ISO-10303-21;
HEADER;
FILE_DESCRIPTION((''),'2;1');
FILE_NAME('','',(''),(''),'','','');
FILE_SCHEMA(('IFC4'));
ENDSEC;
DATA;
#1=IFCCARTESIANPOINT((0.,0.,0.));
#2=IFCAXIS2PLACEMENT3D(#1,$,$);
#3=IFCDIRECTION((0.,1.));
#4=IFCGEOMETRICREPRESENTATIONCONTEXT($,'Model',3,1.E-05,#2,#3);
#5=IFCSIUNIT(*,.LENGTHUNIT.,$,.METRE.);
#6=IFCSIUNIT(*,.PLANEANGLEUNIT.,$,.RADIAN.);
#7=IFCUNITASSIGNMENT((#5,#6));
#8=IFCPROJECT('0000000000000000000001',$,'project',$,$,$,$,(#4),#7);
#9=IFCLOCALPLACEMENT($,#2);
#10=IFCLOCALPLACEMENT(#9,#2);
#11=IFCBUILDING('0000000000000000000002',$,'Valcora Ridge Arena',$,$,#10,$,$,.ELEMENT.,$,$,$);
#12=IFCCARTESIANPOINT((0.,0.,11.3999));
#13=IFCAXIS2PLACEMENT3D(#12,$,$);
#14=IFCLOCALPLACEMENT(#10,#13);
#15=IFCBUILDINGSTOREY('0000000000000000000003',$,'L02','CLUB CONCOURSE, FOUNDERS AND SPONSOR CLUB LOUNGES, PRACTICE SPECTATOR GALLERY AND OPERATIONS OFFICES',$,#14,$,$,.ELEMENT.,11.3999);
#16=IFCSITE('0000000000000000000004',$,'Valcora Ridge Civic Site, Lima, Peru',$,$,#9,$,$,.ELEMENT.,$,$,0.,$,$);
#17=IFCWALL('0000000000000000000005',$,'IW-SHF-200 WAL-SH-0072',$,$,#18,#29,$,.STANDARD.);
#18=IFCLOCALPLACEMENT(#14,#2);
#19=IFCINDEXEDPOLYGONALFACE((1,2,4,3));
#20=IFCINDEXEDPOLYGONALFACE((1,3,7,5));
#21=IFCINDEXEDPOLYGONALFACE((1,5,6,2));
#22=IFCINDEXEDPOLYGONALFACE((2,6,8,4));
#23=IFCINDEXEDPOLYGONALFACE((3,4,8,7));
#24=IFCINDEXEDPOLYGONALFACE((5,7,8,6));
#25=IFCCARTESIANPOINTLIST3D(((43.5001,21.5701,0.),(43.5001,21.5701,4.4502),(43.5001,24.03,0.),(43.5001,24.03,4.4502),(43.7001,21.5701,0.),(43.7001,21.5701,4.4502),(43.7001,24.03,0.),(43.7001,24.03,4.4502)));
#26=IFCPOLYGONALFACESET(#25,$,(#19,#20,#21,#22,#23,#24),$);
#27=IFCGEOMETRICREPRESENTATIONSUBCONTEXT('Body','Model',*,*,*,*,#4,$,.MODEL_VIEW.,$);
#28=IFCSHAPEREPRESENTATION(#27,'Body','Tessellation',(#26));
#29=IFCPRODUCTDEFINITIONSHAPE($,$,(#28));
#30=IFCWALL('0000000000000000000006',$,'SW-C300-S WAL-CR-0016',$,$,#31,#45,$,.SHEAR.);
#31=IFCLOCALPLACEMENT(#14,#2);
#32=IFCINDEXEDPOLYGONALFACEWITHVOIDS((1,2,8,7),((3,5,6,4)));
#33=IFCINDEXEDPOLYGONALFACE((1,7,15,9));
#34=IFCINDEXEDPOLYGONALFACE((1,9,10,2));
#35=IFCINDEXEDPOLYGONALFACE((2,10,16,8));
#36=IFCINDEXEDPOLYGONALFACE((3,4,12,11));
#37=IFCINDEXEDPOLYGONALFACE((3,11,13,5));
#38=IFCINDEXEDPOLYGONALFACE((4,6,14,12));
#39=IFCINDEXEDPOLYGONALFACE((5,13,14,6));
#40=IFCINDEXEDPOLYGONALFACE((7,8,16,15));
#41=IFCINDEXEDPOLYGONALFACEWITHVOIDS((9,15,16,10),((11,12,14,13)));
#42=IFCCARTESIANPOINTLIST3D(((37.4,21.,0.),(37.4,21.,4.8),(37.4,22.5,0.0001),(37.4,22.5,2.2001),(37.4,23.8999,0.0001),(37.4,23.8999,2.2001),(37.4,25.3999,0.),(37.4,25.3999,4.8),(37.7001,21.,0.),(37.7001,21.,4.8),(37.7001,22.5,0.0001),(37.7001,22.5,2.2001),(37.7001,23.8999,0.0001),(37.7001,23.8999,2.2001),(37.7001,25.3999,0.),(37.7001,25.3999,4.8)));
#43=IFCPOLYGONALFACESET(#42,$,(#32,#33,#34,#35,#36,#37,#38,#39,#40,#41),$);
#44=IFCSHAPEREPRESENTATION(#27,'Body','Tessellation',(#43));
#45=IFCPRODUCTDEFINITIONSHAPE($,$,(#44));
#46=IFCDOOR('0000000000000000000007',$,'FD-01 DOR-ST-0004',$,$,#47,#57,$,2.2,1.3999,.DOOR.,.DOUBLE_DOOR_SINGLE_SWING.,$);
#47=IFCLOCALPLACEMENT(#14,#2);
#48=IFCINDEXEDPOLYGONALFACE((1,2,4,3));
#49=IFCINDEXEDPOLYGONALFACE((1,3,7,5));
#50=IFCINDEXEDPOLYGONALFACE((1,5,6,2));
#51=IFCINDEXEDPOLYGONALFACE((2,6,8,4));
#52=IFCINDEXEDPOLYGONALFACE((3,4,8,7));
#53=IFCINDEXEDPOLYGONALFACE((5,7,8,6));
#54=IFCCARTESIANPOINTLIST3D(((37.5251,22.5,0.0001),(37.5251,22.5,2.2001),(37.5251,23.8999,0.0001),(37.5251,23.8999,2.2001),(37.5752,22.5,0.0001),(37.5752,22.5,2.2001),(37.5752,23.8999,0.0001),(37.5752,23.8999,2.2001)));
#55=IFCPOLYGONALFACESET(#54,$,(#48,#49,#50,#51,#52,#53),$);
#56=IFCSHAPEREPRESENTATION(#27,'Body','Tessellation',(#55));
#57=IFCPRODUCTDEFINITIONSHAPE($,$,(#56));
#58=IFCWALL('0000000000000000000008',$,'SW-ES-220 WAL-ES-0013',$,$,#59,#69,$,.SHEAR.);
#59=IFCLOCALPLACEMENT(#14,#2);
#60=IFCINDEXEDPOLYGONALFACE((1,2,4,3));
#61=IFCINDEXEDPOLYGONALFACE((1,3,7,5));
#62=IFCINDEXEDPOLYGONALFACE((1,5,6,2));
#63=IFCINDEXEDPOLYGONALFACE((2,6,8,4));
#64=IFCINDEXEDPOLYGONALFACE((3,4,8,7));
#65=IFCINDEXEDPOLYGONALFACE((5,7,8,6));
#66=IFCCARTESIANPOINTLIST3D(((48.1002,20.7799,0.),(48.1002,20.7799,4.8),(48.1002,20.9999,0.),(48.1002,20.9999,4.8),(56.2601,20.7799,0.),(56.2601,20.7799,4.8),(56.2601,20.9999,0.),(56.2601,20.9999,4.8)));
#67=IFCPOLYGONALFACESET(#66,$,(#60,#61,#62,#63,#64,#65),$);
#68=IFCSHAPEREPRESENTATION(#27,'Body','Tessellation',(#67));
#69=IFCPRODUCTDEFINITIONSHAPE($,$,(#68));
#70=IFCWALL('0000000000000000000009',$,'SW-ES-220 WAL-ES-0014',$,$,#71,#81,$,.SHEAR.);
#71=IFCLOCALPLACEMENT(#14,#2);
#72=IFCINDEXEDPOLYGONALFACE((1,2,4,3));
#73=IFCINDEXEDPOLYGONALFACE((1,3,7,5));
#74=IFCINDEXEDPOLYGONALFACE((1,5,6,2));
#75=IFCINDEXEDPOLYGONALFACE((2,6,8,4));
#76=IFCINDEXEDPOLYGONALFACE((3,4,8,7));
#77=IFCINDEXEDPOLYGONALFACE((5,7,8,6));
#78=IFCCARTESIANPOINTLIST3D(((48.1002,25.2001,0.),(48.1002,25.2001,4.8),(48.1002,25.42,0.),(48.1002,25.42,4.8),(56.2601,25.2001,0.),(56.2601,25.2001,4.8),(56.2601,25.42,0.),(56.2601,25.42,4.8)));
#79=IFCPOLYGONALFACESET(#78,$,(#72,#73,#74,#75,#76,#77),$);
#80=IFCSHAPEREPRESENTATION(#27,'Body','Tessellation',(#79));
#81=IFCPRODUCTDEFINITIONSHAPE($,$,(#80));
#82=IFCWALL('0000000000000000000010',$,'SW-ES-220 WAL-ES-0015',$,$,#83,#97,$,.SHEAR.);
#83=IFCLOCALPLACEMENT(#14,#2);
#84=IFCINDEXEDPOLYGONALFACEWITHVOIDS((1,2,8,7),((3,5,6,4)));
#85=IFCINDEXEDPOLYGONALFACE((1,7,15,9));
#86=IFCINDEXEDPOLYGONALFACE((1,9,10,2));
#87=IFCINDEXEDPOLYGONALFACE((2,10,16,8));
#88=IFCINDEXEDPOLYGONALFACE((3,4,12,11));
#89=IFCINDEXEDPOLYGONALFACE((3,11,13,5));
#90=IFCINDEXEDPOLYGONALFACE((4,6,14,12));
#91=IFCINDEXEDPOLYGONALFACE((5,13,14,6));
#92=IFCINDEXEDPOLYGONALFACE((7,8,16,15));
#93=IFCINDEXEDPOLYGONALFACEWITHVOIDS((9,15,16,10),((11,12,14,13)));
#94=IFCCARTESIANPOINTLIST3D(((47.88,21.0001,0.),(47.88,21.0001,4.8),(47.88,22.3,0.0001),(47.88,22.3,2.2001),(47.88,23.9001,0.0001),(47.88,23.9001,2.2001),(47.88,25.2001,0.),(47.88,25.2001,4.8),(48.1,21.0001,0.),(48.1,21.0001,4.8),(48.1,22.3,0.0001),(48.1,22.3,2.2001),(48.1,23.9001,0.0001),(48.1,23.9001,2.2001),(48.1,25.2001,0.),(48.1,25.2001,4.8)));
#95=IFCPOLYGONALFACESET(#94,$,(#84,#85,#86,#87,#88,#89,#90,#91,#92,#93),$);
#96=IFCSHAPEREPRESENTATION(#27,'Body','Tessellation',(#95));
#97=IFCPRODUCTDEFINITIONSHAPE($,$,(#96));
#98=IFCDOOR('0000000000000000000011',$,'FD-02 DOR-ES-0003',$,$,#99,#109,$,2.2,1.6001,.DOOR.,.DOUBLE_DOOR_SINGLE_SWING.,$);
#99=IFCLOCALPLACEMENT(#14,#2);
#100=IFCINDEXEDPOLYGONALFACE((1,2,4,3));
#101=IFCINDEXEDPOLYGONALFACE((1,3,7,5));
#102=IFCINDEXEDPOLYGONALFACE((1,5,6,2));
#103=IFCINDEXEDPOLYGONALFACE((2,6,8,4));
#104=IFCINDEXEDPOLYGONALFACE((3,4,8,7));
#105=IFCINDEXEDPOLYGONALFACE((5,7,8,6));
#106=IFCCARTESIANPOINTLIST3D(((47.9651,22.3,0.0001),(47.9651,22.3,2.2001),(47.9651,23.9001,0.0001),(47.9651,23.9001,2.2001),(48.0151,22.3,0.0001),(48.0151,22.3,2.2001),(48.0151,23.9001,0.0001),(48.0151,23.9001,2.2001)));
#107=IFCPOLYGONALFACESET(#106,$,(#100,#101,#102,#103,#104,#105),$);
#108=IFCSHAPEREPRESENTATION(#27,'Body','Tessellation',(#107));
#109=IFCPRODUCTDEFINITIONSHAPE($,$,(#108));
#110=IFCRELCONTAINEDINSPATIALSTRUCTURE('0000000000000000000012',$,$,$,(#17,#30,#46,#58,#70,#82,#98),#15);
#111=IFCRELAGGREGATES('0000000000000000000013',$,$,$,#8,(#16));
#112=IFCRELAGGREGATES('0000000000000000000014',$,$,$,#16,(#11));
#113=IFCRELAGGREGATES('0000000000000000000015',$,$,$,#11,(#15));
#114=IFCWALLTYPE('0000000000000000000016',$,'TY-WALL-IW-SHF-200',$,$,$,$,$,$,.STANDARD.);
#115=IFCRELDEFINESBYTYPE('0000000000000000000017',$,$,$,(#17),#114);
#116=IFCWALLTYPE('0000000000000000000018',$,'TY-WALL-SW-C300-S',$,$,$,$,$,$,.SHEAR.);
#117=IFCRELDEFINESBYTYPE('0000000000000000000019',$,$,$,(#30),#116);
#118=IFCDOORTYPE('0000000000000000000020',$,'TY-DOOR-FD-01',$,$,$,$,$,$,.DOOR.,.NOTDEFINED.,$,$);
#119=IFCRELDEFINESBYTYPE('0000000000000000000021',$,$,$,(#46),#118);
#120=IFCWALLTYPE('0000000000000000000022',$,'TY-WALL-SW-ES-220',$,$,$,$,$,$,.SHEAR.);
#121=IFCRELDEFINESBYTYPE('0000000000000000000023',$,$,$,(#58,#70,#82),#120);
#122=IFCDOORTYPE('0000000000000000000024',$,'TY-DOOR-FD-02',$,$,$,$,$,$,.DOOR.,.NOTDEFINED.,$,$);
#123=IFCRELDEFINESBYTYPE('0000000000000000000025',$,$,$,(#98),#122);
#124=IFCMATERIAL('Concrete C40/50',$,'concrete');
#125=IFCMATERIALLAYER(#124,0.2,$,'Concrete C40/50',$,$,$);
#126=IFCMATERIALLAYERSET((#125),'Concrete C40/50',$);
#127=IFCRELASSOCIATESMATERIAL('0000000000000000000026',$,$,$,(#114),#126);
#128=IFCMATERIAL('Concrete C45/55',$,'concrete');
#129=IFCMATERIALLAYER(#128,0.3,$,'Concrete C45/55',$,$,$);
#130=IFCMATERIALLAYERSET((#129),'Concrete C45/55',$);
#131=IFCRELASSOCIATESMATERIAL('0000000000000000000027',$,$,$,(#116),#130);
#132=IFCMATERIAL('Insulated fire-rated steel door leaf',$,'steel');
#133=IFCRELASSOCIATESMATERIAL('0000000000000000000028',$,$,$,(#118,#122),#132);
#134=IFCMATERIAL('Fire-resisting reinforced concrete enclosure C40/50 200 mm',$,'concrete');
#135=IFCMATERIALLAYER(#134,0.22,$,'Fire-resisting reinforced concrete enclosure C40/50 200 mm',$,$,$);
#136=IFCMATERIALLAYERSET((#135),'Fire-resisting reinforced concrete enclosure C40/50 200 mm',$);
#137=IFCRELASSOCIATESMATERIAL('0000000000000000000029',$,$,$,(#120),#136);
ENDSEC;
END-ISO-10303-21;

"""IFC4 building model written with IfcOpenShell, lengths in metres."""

from ifc_helpers import new_model, si_unit, direction, frame, frame_2d, origin, place, context, subcontext, project, spatial, rectangle, extrude, material, layer, layer_set, type_object, element, fill, save


model = new_model("IFC4")

# Units and contexts
model_context = context("Model", 3, precision=1e-05, world=origin(), true_north=direction((0.0, 1.0)))
body_context = subcontext(model_context, "Body", "Model", "MODEL_VIEW")
ifc_project = project(units=[si_unit("LENGTHUNIT", "METRE"), si_unit("PLANEANGLEUNIT", "RADIAN")], contexts=[model_context])

# Site, building, storey
site_placement = place(None, origin())
site = spatial("IfcSite", under=ifc_project, at=site_placement, Name="Valcora Ridge Civic Site, Lima, Peru", CompositionType="ELEMENT", RefElevation=0.0)
building_placement = place(site_placement, origin())
building = spatial("IfcBuilding", under=site, at=building_placement, Name="Valcora Ridge Arena", CompositionType="ELEMENT")
storey_placement = place(building_placement, frame((0.0, 0.0, 11.3999)))
storey = spatial("IfcBuildingStorey", under=building, at=storey_placement, Name="L02", Description="CLUB CONCOURSE, FOUNDERS AND SPONSOR CLUB LOUNGES, PRACTICE SPECTATOR GALLERY AND OPERATIONS OFFICES", CompositionType="ELEMENT", Elevation=11.3999)

# Shared definitions
ifc_material_1 = material(Name="Concrete C40/50", Category="concrete")

# Shared definitions
ifc_layer_1 = layer(ifc_material_1, 0.2, Name="Concrete C40/50")
ifc_layer_set_1 = layer_set([ifc_layer_1], Name="Concrete C40/50")
wall_type_1 = type_object("IfcWallType", Name="TY-WALL-IW-SHF-200", PredefinedType="STANDARD", material=ifc_layer_set_1)

# Wall
for number, where, z_axis, x_axis, name in (
    (1, (43.6001, 21.5701, 0.0), (0.0, 0.0, 1.0), (0.0, 1.0, 0.0), "IW-SHF-200 WAL-SH-0072"),
):
    element("IfcWall", number, at=place(storey_placement, frame(where, z_axis=z_axis, x_axis=x_axis)), inside=storey, type_object=wall_type_1, Name=name, PredefinedType="STANDARD", context=body_context, shape_type="SweptSolid", body=[
        extrude(rectangle(XDim=2.46, YDim=0.2, at=frame_2d((1.23, 0.0))), origin(), (0.0, 0.0, 1.0), 4.4502),
    ])

# Wall, opening, door
ifc_material_2 = material(Name="Concrete C45/55", Category="concrete")
ifc_layer_2 = layer(ifc_material_2, 0.3, Name="Concrete C45/55")
ifc_layer_set_2 = layer_set([ifc_layer_2], Name="Concrete C45/55")
wall_type_2 = type_object("IfcWallType", Name="TY-WALL-SW-C300-S", PredefinedType="SHEAR", material=ifc_layer_set_2)
wall_1_placement = place(storey_placement, frame((37.55, 21.0, 0.0), z_axis=(0.0, 0.0, 1.0), x_axis=(0.0, 1.0, 0.0)))
wall_1 = element("IfcWall", 2, at=wall_1_placement, inside=storey, type_object=wall_type_2, Name="SW-C300-S WAL-CR-0016", PredefinedType="SHEAR", context=body_context, shape_type="SweptSolid", body=[
    extrude(rectangle(XDim=4.3999, YDim=0.3, at=frame_2d((2.2, 0.0))), origin(), (0.0, 0.0, 1.0), 4.8),
])
opening_1_placement = place(wall_1_placement, frame((1.5, 0.0, 0.0)))
opening_1 = element("IfcOpeningElement", 3, at=opening_1_placement, cuts=wall_1, PredefinedType="OPENING", context=body_context, shape_type="SweptSolid", body=[
    extrude(rectangle(XDim=1.3999, YDim=2.2, at=frame_2d((0.7, 1.1001))), frame((0.0, 0.1599, 0.0), z_axis=(0.0, -1.0, 0.0), x_axis=(1.0, 0.0, 0.0)), (0.0, 0.0, 1.0), 0.3201),
])
ifc_material_3 = material(Name="Insulated fire-rated steel door leaf", Category="steel")
door_type_1 = type_object("IfcDoorType", Name="TY-DOOR-FD-01", OperationType="NOTDEFINED", PredefinedType="DOOR", material=ifc_material_3)
door_1_placement = place(opening_1_placement, origin())
door_1 = element("IfcDoor", 4, at=door_1_placement, inside=storey, type_object=door_type_1, Name="FD-01 DOR-ST-0004", OperationType="DOUBLE_DOOR_SINGLE_SWING", OverallHeight=2.2, OverallWidth=1.3999, PredefinedType="DOOR", context=body_context, shape_type="SweptSolid", body=[
    extrude(rectangle(XDim=1.3999, YDim=2.2, at=frame_2d((0.7, 1.1001))), frame((0.0, 0.0249, 0.0), z_axis=(0.0, -1.0, 0.0), x_axis=(1.0, 0.0, 0.0)), (0.0, 0.0, 1.0), 0.05),
])
fill(opening_1, door_1)

# Walls
ifc_material_4 = material(Name="Fire-resisting reinforced concrete enclosure C40/50 200 mm", Category="concrete")
ifc_layer_3 = layer(ifc_material_4, 0.22, Name="Fire-resisting reinforced concrete enclosure C40/50 200 mm")
ifc_layer_set_3 = layer_set([ifc_layer_3], Name="Fire-resisting reinforced concrete enclosure C40/50 200 mm")
wall_type_3 = type_object("IfcWallType", Name="TY-WALL-SW-ES-220", PredefinedType="SHEAR", material=ifc_layer_set_3)
for number, where, z_axis, x_axis, name in (
    (5, (48.1001, 20.8899, 0.0), (0.0, 0.0, 1.0), (1.0, 0.0, 0.0), "SW-ES-220 WAL-ES-0013"),
    (6, (48.1001, 25.3101, 0.0), (0.0, 0.0, 1.0), (1.0, 0.0, 0.0), "SW-ES-220 WAL-ES-0014"),
):
    element("IfcWall", number, at=place(storey_placement, frame(where, z_axis=z_axis, x_axis=x_axis)), inside=storey, type_object=wall_type_3, Name=name, PredefinedType="SHEAR", context=body_context, shape_type="SweptSolid", body=[
        extrude(rectangle(XDim=8.1599, YDim=0.22, at=frame_2d((4.0801, 0.0))), origin(), (0.0, 0.0, 1.0), 4.8),
    ])

# Wall, opening, door
wall_2_placement = place(storey_placement, frame((47.99, 21.0, 0.0), z_axis=(0.0, 0.0, 1.0), x_axis=(0.0, 1.0, 0.0)))
wall_2 = element("IfcWall", 7, at=wall_2_placement, inside=storey, type_object=wall_type_3, Name="SW-ES-220 WAL-ES-0015", PredefinedType="SHEAR", context=body_context, shape_type="SweptSolid", body=[
    extrude(rectangle(XDim=4.2, YDim=0.22, at=frame_2d((2.1001, 0.0))), origin(), (0.0, 0.0, 1.0), 4.8),
])
opening_2_placement = place(wall_2_placement, frame((1.3, 0.0, 0.0)))
opening_2 = element("IfcOpeningElement", 8, at=opening_2_placement, cuts=wall_2, PredefinedType="OPENING", context=body_context, shape_type="SweptSolid", body=[
    extrude(rectangle(XDim=1.6001, YDim=2.2, at=frame_2d((0.8, 1.1001))), frame((0.0, 0.1199, 0.0), z_axis=(0.0, -1.0, 0.0), x_axis=(1.0, 0.0, 0.0)), (0.0, 0.0, 1.0), 0.24),
])
door_type_2 = type_object("IfcDoorType", Name="TY-DOOR-FD-02", OperationType="NOTDEFINED", PredefinedType="DOOR", material=ifc_material_3)
door_2_placement = place(opening_2_placement, origin())
door_2 = element("IfcDoor", 9, at=door_2_placement, inside=storey, type_object=door_type_2, Name="FD-02 DOR-ES-0003", OperationType="DOUBLE_DOOR_SINGLE_SWING", OverallHeight=2.2, OverallWidth=1.6001, PredefinedType="DOOR", context=body_context, shape_type="SweptSolid", body=[
    extrude(rectangle(XDim=1.6001, YDim=2.2, at=frame_2d((0.8, 1.1001))), frame((0.0, 0.0249, 0.0), z_axis=(0.0, -1.0, 0.0), x_axis=(1.0, 0.0, 0.0)), (0.0, 0.0, 1.0), 0.05),
])
fill(opening_2, door_2)

save(model, "model.ifc")
